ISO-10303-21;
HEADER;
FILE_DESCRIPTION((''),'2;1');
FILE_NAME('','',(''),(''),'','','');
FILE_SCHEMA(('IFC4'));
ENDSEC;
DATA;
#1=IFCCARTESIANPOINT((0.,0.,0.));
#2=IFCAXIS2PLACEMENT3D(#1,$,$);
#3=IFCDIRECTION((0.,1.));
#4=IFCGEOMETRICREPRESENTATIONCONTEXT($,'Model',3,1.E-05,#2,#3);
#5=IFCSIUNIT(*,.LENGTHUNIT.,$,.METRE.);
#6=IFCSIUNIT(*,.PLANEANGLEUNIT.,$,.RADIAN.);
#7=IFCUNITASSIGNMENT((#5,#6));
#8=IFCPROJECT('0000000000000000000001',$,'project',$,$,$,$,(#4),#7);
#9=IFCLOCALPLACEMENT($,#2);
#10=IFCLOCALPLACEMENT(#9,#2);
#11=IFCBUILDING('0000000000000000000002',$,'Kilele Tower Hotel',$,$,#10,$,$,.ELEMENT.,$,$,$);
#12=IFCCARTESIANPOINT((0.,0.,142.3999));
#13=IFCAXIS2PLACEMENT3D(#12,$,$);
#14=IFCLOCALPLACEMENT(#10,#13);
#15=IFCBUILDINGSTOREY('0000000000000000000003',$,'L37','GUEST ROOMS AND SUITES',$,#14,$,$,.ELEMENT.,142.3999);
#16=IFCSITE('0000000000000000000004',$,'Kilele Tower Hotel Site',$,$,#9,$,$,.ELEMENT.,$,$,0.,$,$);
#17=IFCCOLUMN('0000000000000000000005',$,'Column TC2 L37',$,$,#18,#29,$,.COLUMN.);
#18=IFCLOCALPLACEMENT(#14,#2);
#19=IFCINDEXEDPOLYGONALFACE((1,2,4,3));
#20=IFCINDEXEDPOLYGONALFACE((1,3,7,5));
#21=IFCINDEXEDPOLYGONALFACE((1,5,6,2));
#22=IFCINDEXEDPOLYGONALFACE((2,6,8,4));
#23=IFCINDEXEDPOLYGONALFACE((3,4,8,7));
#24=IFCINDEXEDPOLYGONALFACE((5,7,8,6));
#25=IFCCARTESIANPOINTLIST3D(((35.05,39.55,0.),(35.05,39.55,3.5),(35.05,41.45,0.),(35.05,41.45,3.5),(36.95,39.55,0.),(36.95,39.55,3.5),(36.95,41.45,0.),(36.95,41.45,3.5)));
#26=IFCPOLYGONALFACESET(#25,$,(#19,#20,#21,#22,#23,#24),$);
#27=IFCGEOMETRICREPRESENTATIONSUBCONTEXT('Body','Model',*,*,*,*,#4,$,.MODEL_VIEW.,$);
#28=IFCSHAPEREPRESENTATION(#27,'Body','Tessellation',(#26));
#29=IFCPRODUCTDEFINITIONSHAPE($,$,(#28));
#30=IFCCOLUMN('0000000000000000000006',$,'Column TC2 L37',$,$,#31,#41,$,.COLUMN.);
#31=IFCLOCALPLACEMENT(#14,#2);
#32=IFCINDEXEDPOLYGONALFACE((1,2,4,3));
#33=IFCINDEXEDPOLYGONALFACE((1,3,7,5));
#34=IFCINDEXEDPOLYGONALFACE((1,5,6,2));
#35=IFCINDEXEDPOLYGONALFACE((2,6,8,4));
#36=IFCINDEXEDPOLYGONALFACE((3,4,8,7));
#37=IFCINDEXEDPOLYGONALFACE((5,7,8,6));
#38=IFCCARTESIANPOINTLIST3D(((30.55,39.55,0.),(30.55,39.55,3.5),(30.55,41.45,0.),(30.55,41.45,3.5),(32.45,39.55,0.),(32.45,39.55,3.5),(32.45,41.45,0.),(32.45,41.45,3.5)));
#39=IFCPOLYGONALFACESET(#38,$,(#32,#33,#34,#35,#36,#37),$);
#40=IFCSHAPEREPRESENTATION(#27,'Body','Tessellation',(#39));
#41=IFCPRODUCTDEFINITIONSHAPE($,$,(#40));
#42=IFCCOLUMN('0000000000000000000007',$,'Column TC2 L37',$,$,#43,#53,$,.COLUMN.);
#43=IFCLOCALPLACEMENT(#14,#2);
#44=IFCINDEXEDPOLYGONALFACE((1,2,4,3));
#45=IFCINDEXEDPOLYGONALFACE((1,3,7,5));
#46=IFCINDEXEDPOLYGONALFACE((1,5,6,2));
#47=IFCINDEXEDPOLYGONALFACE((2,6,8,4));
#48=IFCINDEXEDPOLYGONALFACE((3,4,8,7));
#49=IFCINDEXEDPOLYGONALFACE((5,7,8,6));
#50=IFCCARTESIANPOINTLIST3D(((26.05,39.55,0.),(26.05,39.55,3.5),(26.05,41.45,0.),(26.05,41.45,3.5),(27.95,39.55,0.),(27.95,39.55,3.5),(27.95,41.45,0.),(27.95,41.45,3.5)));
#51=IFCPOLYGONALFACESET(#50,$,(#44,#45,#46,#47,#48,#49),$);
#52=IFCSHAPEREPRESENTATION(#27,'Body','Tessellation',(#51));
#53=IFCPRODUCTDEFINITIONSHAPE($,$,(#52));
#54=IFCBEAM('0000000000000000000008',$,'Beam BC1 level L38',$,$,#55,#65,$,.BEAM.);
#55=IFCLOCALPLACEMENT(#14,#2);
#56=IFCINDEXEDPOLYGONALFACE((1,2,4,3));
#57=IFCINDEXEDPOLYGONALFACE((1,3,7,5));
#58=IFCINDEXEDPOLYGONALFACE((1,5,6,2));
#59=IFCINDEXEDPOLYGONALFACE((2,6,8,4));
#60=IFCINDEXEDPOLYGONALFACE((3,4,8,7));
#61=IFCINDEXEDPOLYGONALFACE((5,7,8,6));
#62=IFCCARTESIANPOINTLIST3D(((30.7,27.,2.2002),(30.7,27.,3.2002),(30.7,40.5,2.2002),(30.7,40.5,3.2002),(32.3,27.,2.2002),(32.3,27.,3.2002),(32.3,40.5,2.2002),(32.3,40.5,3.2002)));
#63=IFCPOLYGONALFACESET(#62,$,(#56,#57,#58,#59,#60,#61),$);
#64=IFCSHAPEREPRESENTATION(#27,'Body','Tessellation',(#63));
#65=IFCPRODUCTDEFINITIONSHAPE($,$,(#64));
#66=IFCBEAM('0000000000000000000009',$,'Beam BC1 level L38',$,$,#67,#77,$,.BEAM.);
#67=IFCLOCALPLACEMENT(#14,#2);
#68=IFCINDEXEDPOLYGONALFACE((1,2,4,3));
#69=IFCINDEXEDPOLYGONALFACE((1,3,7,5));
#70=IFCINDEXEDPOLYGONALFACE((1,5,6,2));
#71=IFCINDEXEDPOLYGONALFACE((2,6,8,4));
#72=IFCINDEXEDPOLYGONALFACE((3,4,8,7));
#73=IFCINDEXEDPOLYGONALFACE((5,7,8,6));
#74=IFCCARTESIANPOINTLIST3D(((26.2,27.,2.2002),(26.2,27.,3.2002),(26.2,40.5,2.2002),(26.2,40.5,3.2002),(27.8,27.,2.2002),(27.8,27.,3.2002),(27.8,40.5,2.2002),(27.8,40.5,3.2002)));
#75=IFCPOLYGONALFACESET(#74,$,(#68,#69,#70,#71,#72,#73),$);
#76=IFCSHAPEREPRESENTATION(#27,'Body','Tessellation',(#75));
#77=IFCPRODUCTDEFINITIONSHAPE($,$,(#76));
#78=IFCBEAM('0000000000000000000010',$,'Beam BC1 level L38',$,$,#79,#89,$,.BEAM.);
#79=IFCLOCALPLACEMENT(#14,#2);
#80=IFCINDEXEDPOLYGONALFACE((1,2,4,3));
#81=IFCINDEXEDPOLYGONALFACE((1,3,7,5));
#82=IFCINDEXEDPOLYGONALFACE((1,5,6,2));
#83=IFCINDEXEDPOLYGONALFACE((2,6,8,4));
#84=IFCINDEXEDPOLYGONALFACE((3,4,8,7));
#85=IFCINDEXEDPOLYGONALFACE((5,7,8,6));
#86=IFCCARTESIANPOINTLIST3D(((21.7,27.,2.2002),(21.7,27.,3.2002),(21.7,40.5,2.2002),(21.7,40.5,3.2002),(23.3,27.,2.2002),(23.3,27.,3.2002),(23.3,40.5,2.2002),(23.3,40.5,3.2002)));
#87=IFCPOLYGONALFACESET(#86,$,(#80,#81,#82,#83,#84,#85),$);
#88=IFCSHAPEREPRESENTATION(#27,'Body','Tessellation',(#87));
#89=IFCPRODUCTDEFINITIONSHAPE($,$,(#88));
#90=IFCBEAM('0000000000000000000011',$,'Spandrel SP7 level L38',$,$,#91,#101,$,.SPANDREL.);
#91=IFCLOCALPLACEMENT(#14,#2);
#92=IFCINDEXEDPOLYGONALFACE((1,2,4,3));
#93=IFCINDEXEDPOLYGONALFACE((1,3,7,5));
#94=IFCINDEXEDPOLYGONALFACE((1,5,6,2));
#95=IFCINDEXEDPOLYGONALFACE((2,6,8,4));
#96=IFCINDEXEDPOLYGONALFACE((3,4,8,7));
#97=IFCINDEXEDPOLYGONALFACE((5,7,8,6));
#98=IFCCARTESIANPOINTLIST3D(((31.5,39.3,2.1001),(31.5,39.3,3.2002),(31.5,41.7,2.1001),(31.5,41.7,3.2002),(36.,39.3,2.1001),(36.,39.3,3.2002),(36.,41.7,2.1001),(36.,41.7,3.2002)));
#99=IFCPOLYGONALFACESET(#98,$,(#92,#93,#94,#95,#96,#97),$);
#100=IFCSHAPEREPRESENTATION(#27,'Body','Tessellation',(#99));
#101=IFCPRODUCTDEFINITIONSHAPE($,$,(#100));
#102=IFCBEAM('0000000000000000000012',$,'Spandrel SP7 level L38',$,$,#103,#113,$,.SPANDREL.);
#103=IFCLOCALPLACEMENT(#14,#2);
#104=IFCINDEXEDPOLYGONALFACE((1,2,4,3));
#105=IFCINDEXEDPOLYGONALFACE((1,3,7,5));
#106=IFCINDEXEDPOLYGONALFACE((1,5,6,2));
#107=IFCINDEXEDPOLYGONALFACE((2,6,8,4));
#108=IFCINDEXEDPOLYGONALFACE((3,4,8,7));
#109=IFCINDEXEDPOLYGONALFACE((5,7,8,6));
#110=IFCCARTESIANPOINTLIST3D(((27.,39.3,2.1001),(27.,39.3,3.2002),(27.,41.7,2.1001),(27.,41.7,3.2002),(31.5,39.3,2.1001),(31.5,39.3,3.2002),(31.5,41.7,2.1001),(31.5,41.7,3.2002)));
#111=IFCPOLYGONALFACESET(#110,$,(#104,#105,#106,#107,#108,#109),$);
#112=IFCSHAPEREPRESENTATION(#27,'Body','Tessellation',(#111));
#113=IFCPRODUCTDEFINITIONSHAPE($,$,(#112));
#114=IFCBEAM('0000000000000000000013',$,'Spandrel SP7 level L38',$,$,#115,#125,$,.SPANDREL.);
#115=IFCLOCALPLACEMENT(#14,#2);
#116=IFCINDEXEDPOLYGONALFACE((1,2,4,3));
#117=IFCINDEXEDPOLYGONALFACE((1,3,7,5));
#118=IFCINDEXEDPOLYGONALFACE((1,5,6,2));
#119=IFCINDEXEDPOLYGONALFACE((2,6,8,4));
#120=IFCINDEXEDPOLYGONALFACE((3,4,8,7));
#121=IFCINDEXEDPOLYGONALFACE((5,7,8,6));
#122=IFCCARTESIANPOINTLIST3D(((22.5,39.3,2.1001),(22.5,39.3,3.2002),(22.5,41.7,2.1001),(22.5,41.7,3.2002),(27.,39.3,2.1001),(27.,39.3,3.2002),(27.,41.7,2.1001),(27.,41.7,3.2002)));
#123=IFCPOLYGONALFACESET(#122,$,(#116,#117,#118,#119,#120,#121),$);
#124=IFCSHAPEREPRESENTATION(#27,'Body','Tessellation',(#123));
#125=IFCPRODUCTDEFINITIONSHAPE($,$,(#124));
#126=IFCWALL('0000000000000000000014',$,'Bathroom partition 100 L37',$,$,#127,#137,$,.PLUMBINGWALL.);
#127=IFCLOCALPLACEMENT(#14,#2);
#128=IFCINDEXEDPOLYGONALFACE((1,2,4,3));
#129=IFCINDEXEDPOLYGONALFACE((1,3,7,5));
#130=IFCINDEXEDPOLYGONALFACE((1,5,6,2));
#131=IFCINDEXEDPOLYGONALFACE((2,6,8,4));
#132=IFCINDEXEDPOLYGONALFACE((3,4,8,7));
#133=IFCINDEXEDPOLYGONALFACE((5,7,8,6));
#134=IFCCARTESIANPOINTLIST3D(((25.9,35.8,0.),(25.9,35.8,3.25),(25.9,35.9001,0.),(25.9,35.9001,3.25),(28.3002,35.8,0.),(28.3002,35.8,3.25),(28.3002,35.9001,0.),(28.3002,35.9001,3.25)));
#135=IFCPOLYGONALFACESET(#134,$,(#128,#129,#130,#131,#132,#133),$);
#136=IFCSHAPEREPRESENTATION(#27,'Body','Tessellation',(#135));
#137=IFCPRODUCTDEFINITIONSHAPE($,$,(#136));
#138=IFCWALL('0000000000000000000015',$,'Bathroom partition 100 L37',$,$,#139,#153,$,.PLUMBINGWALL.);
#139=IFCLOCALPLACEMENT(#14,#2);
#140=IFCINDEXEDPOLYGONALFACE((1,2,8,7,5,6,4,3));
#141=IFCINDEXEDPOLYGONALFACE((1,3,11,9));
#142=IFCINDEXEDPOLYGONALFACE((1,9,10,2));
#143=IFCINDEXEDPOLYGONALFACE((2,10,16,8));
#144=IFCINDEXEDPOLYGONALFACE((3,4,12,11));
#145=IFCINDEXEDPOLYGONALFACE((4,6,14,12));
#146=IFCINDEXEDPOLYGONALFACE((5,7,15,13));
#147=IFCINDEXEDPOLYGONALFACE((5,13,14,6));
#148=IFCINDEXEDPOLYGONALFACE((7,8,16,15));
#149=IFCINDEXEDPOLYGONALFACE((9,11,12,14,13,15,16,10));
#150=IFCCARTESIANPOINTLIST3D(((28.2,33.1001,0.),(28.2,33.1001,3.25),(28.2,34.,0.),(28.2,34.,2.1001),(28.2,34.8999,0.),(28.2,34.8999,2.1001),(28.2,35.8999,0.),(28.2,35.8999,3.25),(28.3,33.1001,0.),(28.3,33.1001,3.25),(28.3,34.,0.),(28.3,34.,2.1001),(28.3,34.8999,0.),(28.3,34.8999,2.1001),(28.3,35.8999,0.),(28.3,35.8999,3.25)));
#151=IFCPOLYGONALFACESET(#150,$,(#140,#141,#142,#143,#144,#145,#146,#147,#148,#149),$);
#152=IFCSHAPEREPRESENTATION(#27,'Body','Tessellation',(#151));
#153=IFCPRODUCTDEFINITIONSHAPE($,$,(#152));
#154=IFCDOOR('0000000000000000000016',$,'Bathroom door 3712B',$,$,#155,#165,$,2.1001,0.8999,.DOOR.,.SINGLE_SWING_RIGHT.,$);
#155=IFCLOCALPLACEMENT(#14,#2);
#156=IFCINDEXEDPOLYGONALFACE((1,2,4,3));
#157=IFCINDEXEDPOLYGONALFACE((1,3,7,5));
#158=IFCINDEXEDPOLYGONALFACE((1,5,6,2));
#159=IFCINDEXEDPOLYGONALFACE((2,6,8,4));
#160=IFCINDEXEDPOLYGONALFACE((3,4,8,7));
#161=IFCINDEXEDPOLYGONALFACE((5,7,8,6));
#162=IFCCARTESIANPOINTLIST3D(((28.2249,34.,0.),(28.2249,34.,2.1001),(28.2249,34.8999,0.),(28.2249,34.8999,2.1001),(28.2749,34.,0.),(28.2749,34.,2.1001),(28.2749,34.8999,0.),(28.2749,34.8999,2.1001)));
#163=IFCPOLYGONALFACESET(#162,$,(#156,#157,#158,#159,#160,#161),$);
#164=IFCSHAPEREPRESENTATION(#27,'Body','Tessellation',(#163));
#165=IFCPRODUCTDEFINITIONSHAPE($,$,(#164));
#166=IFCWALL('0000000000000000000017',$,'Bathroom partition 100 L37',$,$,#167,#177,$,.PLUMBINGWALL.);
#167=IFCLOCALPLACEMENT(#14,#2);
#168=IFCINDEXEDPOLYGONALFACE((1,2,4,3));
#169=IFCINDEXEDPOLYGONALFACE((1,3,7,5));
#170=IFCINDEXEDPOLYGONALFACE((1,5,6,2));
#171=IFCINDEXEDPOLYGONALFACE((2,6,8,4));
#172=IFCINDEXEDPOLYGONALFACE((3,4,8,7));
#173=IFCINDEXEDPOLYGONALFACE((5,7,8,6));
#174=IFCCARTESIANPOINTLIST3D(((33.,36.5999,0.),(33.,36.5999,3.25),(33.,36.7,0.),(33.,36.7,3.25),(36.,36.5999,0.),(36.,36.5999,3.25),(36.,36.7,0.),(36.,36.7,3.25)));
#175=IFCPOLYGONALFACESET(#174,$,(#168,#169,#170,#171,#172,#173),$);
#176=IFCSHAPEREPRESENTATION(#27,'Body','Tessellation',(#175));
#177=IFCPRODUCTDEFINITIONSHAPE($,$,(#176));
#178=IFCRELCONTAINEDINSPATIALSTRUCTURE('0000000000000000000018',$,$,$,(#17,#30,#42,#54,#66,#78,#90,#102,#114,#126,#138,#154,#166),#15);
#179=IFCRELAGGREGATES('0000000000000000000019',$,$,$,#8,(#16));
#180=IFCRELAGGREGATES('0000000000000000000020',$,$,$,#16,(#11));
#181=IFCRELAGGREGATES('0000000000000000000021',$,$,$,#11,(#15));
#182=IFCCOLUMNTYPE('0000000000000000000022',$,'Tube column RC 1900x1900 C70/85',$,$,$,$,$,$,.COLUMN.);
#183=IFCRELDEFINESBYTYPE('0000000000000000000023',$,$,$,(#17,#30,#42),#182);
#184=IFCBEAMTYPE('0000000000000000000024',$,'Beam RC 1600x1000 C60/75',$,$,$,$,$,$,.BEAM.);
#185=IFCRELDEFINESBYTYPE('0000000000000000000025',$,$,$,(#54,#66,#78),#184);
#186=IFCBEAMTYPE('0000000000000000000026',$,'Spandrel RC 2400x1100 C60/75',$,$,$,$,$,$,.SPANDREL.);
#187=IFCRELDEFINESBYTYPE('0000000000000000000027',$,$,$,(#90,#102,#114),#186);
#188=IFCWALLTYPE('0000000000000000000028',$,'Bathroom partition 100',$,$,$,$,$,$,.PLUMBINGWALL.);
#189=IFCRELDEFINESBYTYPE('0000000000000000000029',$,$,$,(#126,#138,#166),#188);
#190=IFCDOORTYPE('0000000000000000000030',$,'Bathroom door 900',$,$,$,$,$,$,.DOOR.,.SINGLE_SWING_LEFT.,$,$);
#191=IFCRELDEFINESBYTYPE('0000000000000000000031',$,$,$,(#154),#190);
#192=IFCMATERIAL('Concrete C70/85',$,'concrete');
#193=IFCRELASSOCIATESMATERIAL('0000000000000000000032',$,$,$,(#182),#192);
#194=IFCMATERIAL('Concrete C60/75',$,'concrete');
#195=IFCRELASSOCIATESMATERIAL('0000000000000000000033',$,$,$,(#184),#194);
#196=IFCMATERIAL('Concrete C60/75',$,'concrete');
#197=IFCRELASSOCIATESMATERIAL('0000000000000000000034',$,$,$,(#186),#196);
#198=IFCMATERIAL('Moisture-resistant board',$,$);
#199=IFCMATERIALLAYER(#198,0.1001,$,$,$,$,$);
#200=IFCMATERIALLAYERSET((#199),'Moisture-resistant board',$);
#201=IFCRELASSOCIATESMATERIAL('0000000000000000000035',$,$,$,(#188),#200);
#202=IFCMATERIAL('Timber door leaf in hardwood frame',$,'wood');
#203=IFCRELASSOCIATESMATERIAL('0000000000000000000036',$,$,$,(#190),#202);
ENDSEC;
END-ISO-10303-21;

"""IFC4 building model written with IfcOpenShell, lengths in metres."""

from ifc_helpers import new_model, si_unit, direction, frame, frame_2d, origin, origin_2d, place, context, subcontext, project, spatial, rectangle, extrude, material, layer, layer_set, material_profile, profile_set, type_object, element, fill, save


model = new_model("IFC4")

# Units and contexts
model_context = context("Model", 3, precision=1e-05, world=origin(), true_north=direction((0.0, 1.0)))
body_context = subcontext(model_context, "Body", "Model", "MODEL_VIEW")
ifc_project = project(units=[si_unit("LENGTHUNIT", "METRE"), si_unit("PLANEANGLEUNIT", "RADIAN")], contexts=[model_context])

# Site, building, storey
site_placement = place(None, origin())
site = spatial("IfcSite", under=ifc_project, at=site_placement, Name="Kilele Tower Hotel Site", CompositionType="ELEMENT", RefElevation=0.0)
building_placement = place(site_placement, origin())
building = spatial("IfcBuilding", under=site, at=building_placement, Name="Kilele Tower Hotel", CompositionType="ELEMENT")
storey_placement = place(building_placement, frame((0.0, 0.0, 142.3999)))
storey = spatial("IfcBuildingStorey", under=building, at=storey_placement, Name="L37", Description="GUEST ROOMS AND SUITES", CompositionType="ELEMENT", Elevation=142.3999)

# Columns
ifc_material_1 = material(Name="Concrete C70/85", Category="concrete")
ifc_material_profile_1 = material_profile(ifc_material_1, rectangle(XDim=1.8999, YDim=1.8999, at=origin_2d()))
ifc_profile_set_1 = profile_set([ifc_material_profile_1], Name="Concrete C70/85")
column_type = type_object("IfcColumnType", Name="Tube column RC 1900x1900 C70/85", PredefinedType="COLUMN", material=ifc_profile_set_1)
for number, where, z_axis, x_axis, name in (
    (1, (36.0, 40.5, 0.0), (0.0, 0.0, 1.0), (1.0, 0.0, 0.0), "Column TC2 L37"),
    (2, (31.5, 40.5, 0.0), (0.0, 0.0, 1.0), (1.0, 0.0, 0.0), "Column TC2 L37"),
    (3, (27.0, 40.5, 0.0), (0.0, 0.0, 1.0), (1.0, 0.0, 0.0), "Column TC2 L37"),
):
    element("IfcColumn", number, at=place(storey_placement, frame(where, z_axis=z_axis, x_axis=x_axis)), inside=storey, type_object=column_type, Name=name, PredefinedType="COLUMN", context=body_context, shape_type="SweptSolid", body=[
        extrude(rectangle(XDim=1.8999, YDim=1.8999, at=origin_2d()), origin(), (0.0, 0.0, 1.0), 3.5),
    ])

# Beams
ifc_material_2 = material(Name="Concrete C60/75", Category="concrete")
ifc_material_profile_2 = material_profile(ifc_material_2, rectangle(XDim=1.6001, YDim=1.0, at=origin_2d()))
ifc_profile_set_2 = profile_set([ifc_material_profile_2], Name="Concrete C60/75")
beam_type_1 = type_object("IfcBeamType", Name="Beam RC 1600x1000 C60/75", PredefinedType="BEAM", material=ifc_profile_set_2)
for number, where, z_axis, x_axis, name in (
    (4, (31.5, 40.5, 2.7002), (0.0, -1.0, 0.0), (1.0, 0.0, 0.0), "Beam BC1 level L38"),
    (5, (27.0, 40.5, 2.7002), (0.0, -1.0, 0.0), (1.0, 0.0, 0.0), "Beam BC1 level L38"),
    (6, (22.5, 40.5, 2.7002), (0.0, -1.0, 0.0), (1.0, 0.0, 0.0), "Beam BC1 level L38"),
):
    element("IfcBeam", number, at=place(storey_placement, frame(where, z_axis=z_axis, x_axis=x_axis)), inside=storey, type_object=beam_type_1, Name=name, PredefinedType="BEAM", context=body_context, shape_type="SweptSolid", body=[
        extrude(rectangle(XDim=1.6001, YDim=1.0, at=origin_2d()), origin(), (0.0, 0.0, 1.0), 13.5),
    ])
ifc_material_3 = material(Name="Concrete C60/75", Category="concrete")
ifc_material_profile_3 = material_profile(ifc_material_3, rectangle(XDim=2.3999, YDim=1.1001, at=origin_2d()))
ifc_profile_set_3 = profile_set([ifc_material_profile_3], Name="Concrete C60/75")
beam_type_2 = type_object("IfcBeamType", Name="Spandrel RC 2400x1100 C60/75", PredefinedType="SPANDREL", material=ifc_profile_set_3)
for number, where, z_axis, x_axis, name in (
    (7, (36.0, 40.5, 2.6501), (-1.0, 0.0, 0.0), (0.0, -1.0, 0.0), "Spandrel SP7 level L38"),
    (8, (31.5, 40.5, 2.6501), (-1.0, 0.0, 0.0), (0.0, -1.0, 0.0), "Spandrel SP7 level L38"),
    (9, (27.0, 40.5, 2.6501), (-1.0, 0.0, 0.0), (0.0, -1.0, 0.0), "Spandrel SP7 level L38"),
):
    element("IfcBeam", number, at=place(storey_placement, frame(where, z_axis=z_axis, x_axis=x_axis)), inside=storey, type_object=beam_type_2, Name=name, PredefinedType="SPANDREL", context=body_context, shape_type="SweptSolid", body=[
        extrude(rectangle(XDim=2.3999, YDim=1.1001, at=origin_2d()), origin(), (0.0, 0.0, 1.0), 4.5),
    ])

# Wall
ifc_material_4 = material(Name="Moisture-resistant board")
ifc_layer_1 = layer(ifc_material_4, 0.1001)
ifc_layer_set_1 = layer_set([ifc_layer_1], Name="Moisture-resistant board")
wall_type_1 = type_object("IfcWallType", Name="Bathroom partition 100", PredefinedType="PLUMBINGWALL", material=ifc_layer_set_1)
wall_1_placement = place(storey_placement, frame((25.8999, 35.8501, 0.0), z_axis=(0.0, 0.0, 1.0), x_axis=(1.0, 0.0, 0.0)))
element("IfcWall", 10, at=wall_1_placement, inside=storey, type_object=wall_type_1, Name="Bathroom partition 100 L37", PredefinedType="PLUMBINGWALL", context=body_context, shape_type="SweptSolid", body=[
    extrude(rectangle(XDim=2.4001, YDim=0.1001, at=frame_2d((1.2002, 0.0))), origin(), (0.0, 0.0, 1.0), 3.25),
])

# Wall, opening, door
wall_2_placement = place(storey_placement, frame((28.25, 33.1001, 0.0), z_axis=(0.0, 0.0, 1.0), x_axis=(0.0, 1.0, 0.0)))
wall_2 = element("IfcWall", 11, at=wall_2_placement, inside=storey, type_object=wall_type_1, Name="Bathroom partition 100 L37", PredefinedType="PLUMBINGWALL", context=body_context, shape_type="SweptSolid", body=[
    extrude(rectangle(XDim=2.7998, YDim=0.1001, at=frame_2d((1.3999, 0.0))), origin(), (0.0, 0.0, 1.0), 3.25),
])
opening_1_placement = place(wall_2_placement, frame((1.7998, 0.0, 0.0), z_axis=(0.0, 0.0, 1.0), x_axis=(-1.0, 0.0, 0.0)))
opening_1 = element("IfcOpeningElement", 12, at=opening_1_placement, cuts=wall_2, PredefinedType="OPENING", context=body_context, shape_type="SweptSolid", body=[
    extrude(rectangle(XDim=0.8999, YDim=2.1001, at=frame_2d((0.45, 1.05))), frame((0.0, 0.0601, 0.0), z_axis=(0.0, -1.0, 0.0), x_axis=(1.0, 0.0, 0.0)), (0.0, 0.0, 1.0), 0.1201),
])
ifc_material_5 = material(Name="Timber door leaf in hardwood frame", Category="wood")
door_type_1 = type_object("IfcDoorType", Name="Bathroom door 900", OperationType="SINGLE_SWING_LEFT", PredefinedType="DOOR", material=ifc_material_5)
door_1_placement = place(opening_1_placement, origin())
door_1 = element("IfcDoor", 13, at=door_1_placement, inside=storey, type_object=door_type_1, Name="Bathroom door 3712B", OperationType="SINGLE_SWING_RIGHT", OverallHeight=2.1001, OverallWidth=0.8999, PredefinedType="DOOR", context=body_context, shape_type="SweptSolid", body=[
    extrude(rectangle(XDim=0.8999, YDim=2.1001, at=frame_2d((0.45, 1.05))), frame((0.0, 0.0249, 0.0), z_axis=(0.0, -1.0, 0.0), x_axis=(1.0, 0.0, 0.0)), (0.0, 0.0, 1.0), 0.05),
])
fill(opening_1, door_1)

# Wall
wall_3_placement = place(storey_placement, frame((33.0, 36.6499, 0.0), z_axis=(0.0, 0.0, 1.0), x_axis=(1.0, 0.0, 0.0)))
element("IfcWall", 14, at=wall_3_placement, inside=storey, type_object=wall_type_1, Name="Bathroom partition 100 L37", PredefinedType="PLUMBINGWALL", context=body_context, shape_type="SweptSolid", body=[
    extrude(rectangle(XDim=3.0, YDim=0.1001, at=frame_2d((1.5, 0.0))), origin(), (0.0, 0.0, 1.0), 3.25),
])

save(model, "model.ifc")
